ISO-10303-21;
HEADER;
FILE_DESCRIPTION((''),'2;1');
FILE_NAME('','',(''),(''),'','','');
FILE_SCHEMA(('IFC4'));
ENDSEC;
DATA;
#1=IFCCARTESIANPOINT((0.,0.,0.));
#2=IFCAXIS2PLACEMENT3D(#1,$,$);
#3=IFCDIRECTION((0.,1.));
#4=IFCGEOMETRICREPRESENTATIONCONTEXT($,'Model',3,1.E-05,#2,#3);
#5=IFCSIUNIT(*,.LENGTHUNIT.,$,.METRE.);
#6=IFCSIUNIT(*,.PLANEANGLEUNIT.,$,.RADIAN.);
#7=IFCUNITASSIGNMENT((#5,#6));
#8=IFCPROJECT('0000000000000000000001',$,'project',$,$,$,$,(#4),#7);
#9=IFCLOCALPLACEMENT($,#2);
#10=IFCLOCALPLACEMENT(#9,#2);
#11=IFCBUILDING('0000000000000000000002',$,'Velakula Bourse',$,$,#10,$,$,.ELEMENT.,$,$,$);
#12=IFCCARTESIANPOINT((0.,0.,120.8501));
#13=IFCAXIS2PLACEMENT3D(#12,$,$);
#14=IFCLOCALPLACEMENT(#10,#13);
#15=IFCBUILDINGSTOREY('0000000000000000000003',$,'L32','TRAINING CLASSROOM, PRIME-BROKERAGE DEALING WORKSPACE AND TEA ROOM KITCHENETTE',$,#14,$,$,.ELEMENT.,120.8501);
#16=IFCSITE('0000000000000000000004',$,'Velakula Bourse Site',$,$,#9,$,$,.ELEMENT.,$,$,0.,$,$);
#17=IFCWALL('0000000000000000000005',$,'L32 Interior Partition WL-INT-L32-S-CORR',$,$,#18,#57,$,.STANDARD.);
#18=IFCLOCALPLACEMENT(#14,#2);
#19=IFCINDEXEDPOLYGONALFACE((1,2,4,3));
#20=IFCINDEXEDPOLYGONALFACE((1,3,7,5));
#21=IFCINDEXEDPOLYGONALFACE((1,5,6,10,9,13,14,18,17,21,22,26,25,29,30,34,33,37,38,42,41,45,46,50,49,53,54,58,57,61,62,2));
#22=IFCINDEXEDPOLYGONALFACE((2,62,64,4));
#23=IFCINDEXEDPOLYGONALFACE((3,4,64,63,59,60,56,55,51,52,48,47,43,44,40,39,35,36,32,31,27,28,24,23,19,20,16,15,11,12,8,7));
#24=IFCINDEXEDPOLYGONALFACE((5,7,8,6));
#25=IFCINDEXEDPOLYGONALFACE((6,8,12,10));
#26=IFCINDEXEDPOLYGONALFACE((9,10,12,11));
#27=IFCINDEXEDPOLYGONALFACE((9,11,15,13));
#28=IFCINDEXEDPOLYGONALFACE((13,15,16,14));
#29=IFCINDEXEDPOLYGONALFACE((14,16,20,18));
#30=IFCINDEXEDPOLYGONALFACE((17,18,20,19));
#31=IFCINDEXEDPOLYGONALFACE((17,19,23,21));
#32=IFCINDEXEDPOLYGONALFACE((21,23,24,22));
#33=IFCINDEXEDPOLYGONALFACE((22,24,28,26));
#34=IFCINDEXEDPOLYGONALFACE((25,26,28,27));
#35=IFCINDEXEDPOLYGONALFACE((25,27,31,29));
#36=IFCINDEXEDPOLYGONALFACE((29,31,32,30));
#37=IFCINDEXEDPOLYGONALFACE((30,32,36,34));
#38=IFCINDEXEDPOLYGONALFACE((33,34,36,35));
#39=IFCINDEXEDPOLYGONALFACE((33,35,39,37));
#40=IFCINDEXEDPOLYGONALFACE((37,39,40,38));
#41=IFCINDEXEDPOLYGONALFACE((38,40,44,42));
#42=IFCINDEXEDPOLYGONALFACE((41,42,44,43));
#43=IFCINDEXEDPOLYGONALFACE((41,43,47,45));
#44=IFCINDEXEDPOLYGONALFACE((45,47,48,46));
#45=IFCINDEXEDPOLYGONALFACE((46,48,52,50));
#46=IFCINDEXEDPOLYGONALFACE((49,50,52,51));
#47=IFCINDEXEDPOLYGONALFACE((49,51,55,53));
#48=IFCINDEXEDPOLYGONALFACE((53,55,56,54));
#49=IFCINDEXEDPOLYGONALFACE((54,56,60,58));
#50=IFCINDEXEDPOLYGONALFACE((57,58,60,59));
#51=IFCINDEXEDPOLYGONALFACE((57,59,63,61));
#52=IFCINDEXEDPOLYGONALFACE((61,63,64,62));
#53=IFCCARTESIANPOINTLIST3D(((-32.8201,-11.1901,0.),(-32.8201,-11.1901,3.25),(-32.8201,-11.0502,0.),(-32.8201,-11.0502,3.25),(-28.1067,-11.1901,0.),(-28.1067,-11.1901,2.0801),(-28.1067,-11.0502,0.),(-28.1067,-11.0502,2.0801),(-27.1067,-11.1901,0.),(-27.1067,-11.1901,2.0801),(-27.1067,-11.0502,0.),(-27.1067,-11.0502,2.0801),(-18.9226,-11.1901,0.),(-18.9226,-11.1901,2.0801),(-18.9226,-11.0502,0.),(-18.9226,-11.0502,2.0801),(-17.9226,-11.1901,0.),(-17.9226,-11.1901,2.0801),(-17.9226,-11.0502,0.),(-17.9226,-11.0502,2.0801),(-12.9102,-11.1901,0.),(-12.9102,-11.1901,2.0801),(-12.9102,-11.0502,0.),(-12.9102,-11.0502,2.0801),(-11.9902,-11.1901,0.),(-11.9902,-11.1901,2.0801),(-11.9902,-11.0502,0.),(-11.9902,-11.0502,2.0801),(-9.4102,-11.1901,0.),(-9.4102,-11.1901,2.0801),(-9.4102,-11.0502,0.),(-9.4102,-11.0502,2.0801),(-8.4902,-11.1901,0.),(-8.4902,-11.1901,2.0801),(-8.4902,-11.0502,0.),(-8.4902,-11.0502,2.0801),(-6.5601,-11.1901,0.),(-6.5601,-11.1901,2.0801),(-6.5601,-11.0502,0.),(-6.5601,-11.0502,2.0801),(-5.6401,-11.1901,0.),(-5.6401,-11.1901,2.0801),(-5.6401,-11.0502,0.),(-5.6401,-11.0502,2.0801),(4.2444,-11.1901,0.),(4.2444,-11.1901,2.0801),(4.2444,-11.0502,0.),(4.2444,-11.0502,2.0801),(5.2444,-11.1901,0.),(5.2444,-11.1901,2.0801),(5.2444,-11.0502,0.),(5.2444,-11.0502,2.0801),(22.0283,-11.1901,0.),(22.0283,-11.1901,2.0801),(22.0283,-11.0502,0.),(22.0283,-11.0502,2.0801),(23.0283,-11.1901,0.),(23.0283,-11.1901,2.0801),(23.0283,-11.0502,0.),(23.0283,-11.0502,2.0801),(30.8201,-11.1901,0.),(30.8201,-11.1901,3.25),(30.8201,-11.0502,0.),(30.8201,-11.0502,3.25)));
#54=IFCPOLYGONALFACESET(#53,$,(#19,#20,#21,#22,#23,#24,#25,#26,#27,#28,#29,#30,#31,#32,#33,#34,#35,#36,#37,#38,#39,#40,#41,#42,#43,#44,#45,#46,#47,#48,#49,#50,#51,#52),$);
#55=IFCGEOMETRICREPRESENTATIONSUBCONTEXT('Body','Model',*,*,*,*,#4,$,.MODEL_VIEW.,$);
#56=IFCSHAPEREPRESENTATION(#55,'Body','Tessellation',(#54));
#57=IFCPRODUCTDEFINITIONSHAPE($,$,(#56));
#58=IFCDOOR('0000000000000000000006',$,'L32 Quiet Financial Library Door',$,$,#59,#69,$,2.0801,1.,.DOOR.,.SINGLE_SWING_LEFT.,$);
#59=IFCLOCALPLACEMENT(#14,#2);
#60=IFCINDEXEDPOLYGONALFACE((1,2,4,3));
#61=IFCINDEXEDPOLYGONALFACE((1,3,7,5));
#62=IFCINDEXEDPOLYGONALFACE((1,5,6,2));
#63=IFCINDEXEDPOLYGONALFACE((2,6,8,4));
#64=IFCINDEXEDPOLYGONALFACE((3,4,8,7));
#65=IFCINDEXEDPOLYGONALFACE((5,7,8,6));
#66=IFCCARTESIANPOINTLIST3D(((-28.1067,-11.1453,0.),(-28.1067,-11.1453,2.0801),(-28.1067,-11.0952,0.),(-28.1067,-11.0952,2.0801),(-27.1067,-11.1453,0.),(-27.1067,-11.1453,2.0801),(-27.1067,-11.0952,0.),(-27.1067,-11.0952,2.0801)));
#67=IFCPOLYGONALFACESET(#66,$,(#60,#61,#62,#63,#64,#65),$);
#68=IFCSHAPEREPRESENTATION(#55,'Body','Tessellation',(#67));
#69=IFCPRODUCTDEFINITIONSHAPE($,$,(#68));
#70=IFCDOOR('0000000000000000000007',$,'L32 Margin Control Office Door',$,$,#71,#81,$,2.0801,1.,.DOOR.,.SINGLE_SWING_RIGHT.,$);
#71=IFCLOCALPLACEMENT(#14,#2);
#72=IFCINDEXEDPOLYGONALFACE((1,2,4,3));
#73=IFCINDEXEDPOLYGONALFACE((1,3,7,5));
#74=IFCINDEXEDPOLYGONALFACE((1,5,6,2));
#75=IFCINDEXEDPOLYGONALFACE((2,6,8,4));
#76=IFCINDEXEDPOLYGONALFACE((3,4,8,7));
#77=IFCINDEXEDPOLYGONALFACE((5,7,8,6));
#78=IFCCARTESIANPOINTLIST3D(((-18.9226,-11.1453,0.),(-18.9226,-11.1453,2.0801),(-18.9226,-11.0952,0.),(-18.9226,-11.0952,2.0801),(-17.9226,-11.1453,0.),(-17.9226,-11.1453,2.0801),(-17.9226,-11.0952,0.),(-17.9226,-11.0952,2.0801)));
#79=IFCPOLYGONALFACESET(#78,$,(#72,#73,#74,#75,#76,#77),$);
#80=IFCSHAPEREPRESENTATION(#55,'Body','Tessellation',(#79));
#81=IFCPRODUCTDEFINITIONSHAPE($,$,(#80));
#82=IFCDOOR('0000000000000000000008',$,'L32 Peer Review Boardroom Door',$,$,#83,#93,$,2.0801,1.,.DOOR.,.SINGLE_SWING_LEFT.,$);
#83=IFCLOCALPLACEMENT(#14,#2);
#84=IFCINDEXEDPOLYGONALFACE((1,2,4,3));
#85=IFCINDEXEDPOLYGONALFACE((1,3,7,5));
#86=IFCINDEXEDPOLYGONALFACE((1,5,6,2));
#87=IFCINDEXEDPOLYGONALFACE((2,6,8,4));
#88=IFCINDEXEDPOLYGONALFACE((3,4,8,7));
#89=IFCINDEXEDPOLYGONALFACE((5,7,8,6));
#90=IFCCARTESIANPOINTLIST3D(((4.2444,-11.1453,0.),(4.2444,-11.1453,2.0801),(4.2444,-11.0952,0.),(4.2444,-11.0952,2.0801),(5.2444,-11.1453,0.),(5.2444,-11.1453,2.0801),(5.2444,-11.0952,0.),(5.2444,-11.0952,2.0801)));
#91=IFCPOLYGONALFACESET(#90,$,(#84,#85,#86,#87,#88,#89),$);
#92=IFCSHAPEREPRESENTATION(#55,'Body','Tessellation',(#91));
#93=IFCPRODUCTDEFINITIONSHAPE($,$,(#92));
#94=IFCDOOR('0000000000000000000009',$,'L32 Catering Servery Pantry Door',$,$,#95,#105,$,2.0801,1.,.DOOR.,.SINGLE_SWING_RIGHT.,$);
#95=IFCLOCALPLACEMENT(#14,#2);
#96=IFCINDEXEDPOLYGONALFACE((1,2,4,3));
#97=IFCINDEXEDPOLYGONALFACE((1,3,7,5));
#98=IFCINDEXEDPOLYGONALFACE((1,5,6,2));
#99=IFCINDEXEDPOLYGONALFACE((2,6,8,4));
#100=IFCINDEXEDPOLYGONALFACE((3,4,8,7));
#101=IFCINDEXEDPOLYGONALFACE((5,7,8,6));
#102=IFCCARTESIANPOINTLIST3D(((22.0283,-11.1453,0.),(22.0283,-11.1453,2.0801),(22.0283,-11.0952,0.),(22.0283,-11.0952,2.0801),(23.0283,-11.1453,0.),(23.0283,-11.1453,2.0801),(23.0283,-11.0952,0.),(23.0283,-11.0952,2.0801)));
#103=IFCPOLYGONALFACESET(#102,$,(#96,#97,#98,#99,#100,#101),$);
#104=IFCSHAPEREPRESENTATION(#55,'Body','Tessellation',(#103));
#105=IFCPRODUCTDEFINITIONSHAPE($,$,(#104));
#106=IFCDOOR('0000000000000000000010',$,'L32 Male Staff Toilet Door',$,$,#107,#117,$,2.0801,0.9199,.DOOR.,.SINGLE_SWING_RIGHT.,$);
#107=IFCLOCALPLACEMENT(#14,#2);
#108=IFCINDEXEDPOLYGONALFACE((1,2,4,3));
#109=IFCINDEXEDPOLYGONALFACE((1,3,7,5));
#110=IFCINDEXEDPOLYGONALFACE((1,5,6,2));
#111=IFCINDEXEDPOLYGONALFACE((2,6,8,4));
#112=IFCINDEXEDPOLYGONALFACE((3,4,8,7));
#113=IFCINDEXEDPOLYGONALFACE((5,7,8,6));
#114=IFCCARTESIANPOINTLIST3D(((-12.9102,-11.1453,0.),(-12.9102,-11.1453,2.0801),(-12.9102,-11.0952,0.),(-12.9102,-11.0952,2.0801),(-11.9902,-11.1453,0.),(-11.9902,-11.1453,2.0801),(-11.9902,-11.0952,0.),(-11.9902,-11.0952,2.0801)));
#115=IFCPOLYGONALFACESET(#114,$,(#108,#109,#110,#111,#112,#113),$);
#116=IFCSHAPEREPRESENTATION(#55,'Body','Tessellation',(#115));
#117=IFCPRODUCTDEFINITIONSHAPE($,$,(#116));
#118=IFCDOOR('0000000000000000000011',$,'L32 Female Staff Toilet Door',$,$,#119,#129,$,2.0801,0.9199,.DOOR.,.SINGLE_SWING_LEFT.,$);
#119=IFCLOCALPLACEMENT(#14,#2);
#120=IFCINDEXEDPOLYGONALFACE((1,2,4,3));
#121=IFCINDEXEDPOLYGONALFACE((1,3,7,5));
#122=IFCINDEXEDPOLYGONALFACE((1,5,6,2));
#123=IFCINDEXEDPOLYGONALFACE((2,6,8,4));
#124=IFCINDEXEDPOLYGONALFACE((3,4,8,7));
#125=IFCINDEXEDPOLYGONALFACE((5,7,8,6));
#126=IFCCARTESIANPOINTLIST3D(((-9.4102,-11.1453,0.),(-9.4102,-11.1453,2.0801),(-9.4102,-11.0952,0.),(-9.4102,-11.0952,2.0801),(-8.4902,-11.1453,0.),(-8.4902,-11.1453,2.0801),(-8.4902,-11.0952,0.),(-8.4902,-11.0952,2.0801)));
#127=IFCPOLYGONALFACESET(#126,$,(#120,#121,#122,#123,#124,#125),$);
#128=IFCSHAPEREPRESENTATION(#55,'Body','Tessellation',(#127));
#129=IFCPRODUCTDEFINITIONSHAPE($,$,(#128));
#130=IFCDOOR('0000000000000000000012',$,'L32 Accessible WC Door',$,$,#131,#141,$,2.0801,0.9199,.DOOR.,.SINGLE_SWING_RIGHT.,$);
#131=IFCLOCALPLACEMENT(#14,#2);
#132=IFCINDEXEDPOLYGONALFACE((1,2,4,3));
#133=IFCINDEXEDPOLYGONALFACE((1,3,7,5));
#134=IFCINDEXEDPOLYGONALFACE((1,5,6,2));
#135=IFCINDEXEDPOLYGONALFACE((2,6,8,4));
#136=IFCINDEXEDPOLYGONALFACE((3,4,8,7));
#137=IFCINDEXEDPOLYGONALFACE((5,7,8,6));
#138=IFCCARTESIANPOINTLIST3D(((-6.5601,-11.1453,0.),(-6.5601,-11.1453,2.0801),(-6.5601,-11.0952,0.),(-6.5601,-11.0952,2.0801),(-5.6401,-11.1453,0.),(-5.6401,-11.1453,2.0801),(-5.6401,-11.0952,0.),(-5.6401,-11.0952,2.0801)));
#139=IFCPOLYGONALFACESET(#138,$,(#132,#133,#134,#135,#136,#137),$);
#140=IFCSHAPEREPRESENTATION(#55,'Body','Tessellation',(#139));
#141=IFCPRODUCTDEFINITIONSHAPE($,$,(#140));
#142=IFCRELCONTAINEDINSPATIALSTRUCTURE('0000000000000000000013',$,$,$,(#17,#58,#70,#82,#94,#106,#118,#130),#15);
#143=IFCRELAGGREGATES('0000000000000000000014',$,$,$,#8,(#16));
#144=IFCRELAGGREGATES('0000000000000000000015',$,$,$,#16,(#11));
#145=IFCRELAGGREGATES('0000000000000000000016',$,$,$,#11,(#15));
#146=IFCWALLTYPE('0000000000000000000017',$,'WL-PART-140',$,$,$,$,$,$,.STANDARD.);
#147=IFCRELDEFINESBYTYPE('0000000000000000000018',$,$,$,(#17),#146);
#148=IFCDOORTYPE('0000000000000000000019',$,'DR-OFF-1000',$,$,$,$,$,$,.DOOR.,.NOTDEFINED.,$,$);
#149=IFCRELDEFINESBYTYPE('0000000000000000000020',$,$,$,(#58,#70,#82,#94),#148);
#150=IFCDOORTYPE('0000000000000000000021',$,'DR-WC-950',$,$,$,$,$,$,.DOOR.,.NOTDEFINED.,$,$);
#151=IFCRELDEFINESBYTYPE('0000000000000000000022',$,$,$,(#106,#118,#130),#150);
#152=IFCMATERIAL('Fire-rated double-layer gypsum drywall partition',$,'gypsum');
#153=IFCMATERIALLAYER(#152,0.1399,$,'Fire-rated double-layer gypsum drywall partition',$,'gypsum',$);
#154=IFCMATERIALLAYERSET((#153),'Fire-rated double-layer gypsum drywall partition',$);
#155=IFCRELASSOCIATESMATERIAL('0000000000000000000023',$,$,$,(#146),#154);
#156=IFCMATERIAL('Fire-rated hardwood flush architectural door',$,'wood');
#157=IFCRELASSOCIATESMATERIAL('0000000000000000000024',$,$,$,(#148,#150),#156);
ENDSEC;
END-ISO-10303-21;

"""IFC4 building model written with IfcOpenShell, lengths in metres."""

from ifc_helpers import new_model, si_unit, direction, frame, frame_2d, origin, place, context, subcontext, project, spatial, rectangle, extrude, material, layer, layer_set, type_object, element, fill, save


model = new_model("IFC4")

# Units and contexts
model_context = context("Model", 3, precision=1e-05, world=origin(), true_north=direction((0.0, 1.0)))
body_context = subcontext(model_context, "Body", "Model", "MODEL_VIEW")
ifc_project = project(units=[si_unit("LENGTHUNIT", "METRE"), si_unit("PLANEANGLEUNIT", "RADIAN")], contexts=[model_context])

# Site, building, storey
site_placement = place(None, origin())
site = spatial("IfcSite", under=ifc_project, at=site_placement, Name="Velakula Bourse Site", CompositionType="ELEMENT", RefElevation=0.0)
building_placement = place(site_placement, origin())
building = spatial("IfcBuilding", under=site, at=building_placement, Name="Velakula Bourse", CompositionType="ELEMENT")
storey_placement = place(building_placement, frame((0.0, 0.0, 120.8501)))
storey = spatial("IfcBuildingStorey", under=building, at=storey_placement, Name="L32", Description="TRAINING CLASSROOM, PRIME-BROKERAGE DEALING WORKSPACE AND TEA ROOM KITCHENETTE", CompositionType="ELEMENT", Elevation=120.8501)

# Wall, openings, doors
ifc_material_1 = material(Name="Fire-rated double-layer gypsum drywall partition", Category="gypsum")
ifc_layer_1 = layer(ifc_material_1, 0.1399, Name="Fire-rated double-layer gypsum drywall partition", Category="gypsum")
ifc_layer_set_1 = layer_set([ifc_layer_1], Name="Fire-rated double-layer gypsum drywall partition")
wall_type_1 = type_object("IfcWallType", Name="WL-PART-140", PredefinedType="STANDARD", material=ifc_layer_set_1)
wall_1_placement = place(storey_placement, frame((-32.8201, -11.1201, 0.0), z_axis=(0.0, 0.0, 1.0), x_axis=(1.0, 0.0, 0.0)))
wall_1 = element("IfcWall", 1, at=wall_1_placement, inside=storey, type_object=wall_type_1, Name="L32 Interior Partition WL-INT-L32-S-CORR", PredefinedType="STANDARD", context=body_context, shape_type="SweptSolid", body=[
    extrude(rectangle(XDim=63.6401, YDim=0.1399, at=frame_2d((31.8201, 0.0))), origin(), (0.0, 0.0, 1.0), 3.25),
])
opening_1_placement = place(wall_1_placement, frame((19.9099, 0.0, 0.0)))
opening_1 = element("IfcOpeningElement", 2, at=opening_1_placement, cuts=wall_1, PredefinedType="OPENING", context=body_context, shape_type="SweptSolid", body=[
    extrude(rectangle(XDim=0.9199, YDim=2.0801, at=frame_2d((0.46, 1.04))), frame((0.0, 0.0798, 0.0), z_axis=(0.0, -1.0, 0.0), x_axis=(1.0, 0.0, 0.0)), (0.0, 0.0, 1.0), 0.1599),
])
opening_2_placement = place(wall_1_placement, frame((23.4099, 0.0, 0.0)))
opening_2 = element("IfcOpeningElement", 3, at=opening_2_placement, cuts=wall_1, PredefinedType="OPENING", context=body_context, shape_type="SweptSolid", body=[
    extrude(rectangle(XDim=0.9199, YDim=2.0801, at=frame_2d((0.46, 1.04))), frame((0.0, 0.0798, 0.0), z_axis=(0.0, -1.0, 0.0), x_axis=(1.0, 0.0, 0.0)), (0.0, 0.0, 1.0), 0.1599),
])
opening_3_placement = place(wall_1_placement, frame((26.26, 0.0, 0.0)))
opening_3 = element("IfcOpeningElement", 4, at=opening_3_placement, cuts=wall_1, PredefinedType="OPENING", context=body_context, shape_type="SweptSolid", body=[
    extrude(rectangle(XDim=0.9199, YDim=2.0801, at=frame_2d((0.46, 1.04))), frame((0.0, 0.0798, 0.0), z_axis=(0.0, -1.0, 0.0), x_axis=(1.0, 0.0, 0.0)), (0.0, 0.0, 1.0), 0.1599),
])
opening_4_placement = place(wall_1_placement, frame((4.7134, 0.0, 0.0)))
opening_4 = element("IfcOpeningElement", 5, at=opening_4_placement, cuts=wall_1, PredefinedType="OPENING", context=body_context, shape_type="SweptSolid", body=[
    extrude(rectangle(XDim=1.0, YDim=2.0801, at=frame_2d((0.5, 1.04))), frame((0.0, 0.0798, 0.0), z_axis=(0.0, -1.0, 0.0), x_axis=(1.0, 0.0, 0.0)), (0.0, 0.0, 1.0), 0.1599),
])
opening_5_placement = place(wall_1_placement, frame((13.8975, 0.0, 0.0)))
opening_5 = element("IfcOpeningElement", 6, at=opening_5_placement, cuts=wall_1, PredefinedType="OPENING", context=body_context, shape_type="SweptSolid", body=[
    extrude(rectangle(XDim=1.0, YDim=2.0801, at=frame_2d((0.5, 1.04))), frame((0.0, 0.0798, 0.0), z_axis=(0.0, -1.0, 0.0), x_axis=(1.0, 0.0, 0.0)), (0.0, 0.0, 1.0), 0.1599),
])
opening_6_placement = place(wall_1_placement, frame((37.0645, 0.0, 0.0)))
opening_6 = element("IfcOpeningElement", 7, at=opening_6_placement, cuts=wall_1, PredefinedType="OPENING", context=body_context, shape_type="SweptSolid", body=[
    extrude(rectangle(XDim=1.0, YDim=2.0801, at=frame_2d((0.5, 1.04))), frame((0.0, 0.0798, 0.0), z_axis=(0.0, -1.0, 0.0), x_axis=(1.0, 0.0, 0.0)), (0.0, 0.0, 1.0), 0.1599),
])
opening_7_placement = place(wall_1_placement, frame((54.8484, 0.0, 0.0)))
opening_7 = element("IfcOpeningElement", 8, at=opening_7_placement, cuts=wall_1, PredefinedType="OPENING", context=body_context, shape_type="SweptSolid", body=[
    extrude(rectangle(XDim=1.0, YDim=2.0801, at=frame_2d((0.5, 1.04))), frame((0.0, 0.0798, 0.0), z_axis=(0.0, -1.0, 0.0), x_axis=(1.0, 0.0, 0.0)), (0.0, 0.0, 1.0), 0.1599),
])
ifc_material_2 = material(Name="Fire-rated hardwood flush architectural door", Category="wood")
door_type_1 = type_object("IfcDoorType", Name="DR-OFF-1000", OperationType="NOTDEFINED", PredefinedType="DOOR", material=ifc_material_2)
door_1_placement = place(opening_4_placement, origin())
door_1 = element("IfcDoor", 9, at=door_1_placement, inside=storey, type_object=door_type_1, Name="L32 Quiet Financial Library Door", OperationType="SINGLE_SWING_LEFT", OverallHeight=2.0801, OverallWidth=1.0, PredefinedType="DOOR", context=body_context, shape_type="SweptSolid", body=[
    extrude(rectangle(XDim=1.0, YDim=2.0801, at=frame_2d((0.5, 1.04))), frame((0.0, 0.0249, 0.0), z_axis=(0.0, -1.0, 0.0), x_axis=(1.0, 0.0, 0.0)), (0.0, 0.0, 1.0), 0.05),
])
fill(opening_4, door_1)
door_2_placement = place(opening_5_placement, origin())
door_2 = element("IfcDoor", 10, at=door_2_placement, inside=storey, type_object=door_type_1, Name="L32 Margin Control Office Door", OperationType="SINGLE_SWING_RIGHT", OverallHeight=2.0801, OverallWidth=1.0, PredefinedType="DOOR", context=body_context, shape_type="SweptSolid", body=[
    extrude(rectangle(XDim=1.0, YDim=2.0801, at=frame_2d((0.5, 1.04))), frame((0.0, 0.0249, 0.0), z_axis=(0.0, -1.0, 0.0), x_axis=(1.0, 0.0, 0.0)), (0.0, 0.0, 1.0), 0.05),
])
fill(opening_5, door_2)
door_3_placement = place(opening_6_placement, origin())
door_3 = element("IfcDoor", 11, at=door_3_placement, inside=storey, type_object=door_type_1, Name="L32 Peer Review Boardroom Door", OperationType="SINGLE_SWING_LEFT", OverallHeight=2.0801, OverallWidth=1.0, PredefinedType="DOOR", context=body_context, shape_type="SweptSolid", body=[
    extrude(rectangle(XDim=1.0, YDim=2.0801, at=frame_2d((0.5, 1.04))), frame((0.0, 0.0249, 0.0), z_axis=(0.0, -1.0, 0.0), x_axis=(1.0, 0.0, 0.0)), (0.0, 0.0, 1.0), 0.05),
])
fill(opening_6, door_3)
door_4_placement = place(opening_7_placement, origin())
door_4 = element("IfcDoor", 12, at=door_4_placement, inside=storey, type_object=door_type_1, Name="L32 Catering Servery Pantry Door", OperationType="SINGLE_SWING_RIGHT", OverallHeight=2.0801, OverallWidth=1.0, PredefinedType="DOOR", context=body_context, shape_type="SweptSolid", body=[
    extrude(rectangle(XDim=1.0, YDim=2.0801, at=frame_2d((0.5, 1.04))), frame((0.0, 0.0249, 0.0), z_axis=(0.0, -1.0, 0.0), x_axis=(1.0, 0.0, 0.0)), (0.0, 0.0, 1.0), 0.05),
])
fill(opening_7, door_4)
door_type_2 = type_object("IfcDoorType", Name="DR-WC-950", OperationType="NOTDEFINED", PredefinedType="DOOR", material=ifc_material_2)
door_5_placement = place(opening_1_placement, origin())
door_5 = element("IfcDoor", 13, at=door_5_placement, inside=storey, type_object=door_type_2, Name="L32 Male Staff Toilet Door", OperationType="SINGLE_SWING_RIGHT", OverallHeight=2.0801, OverallWidth=0.9199, PredefinedType="DOOR", context=body_context, shape_type="SweptSolid", body=[
    extrude(rectangle(XDim=0.9199, YDim=2.0801, at=frame_2d((0.46, 1.04))), frame((0.0, 0.0249, 0.0), z_axis=(0.0, -1.0, 0.0), x_axis=(1.0, 0.0, 0.0)), (0.0, 0.0, 1.0), 0.05),
])
fill(opening_1, door_5)
door_6_placement = place(opening_2_placement, origin())
door_6 = element("IfcDoor", 14, at=door_6_placement, inside=storey, type_object=door_type_2, Name="L32 Female Staff Toilet Door", OperationType="SINGLE_SWING_LEFT", OverallHeight=2.0801, OverallWidth=0.9199, PredefinedType="DOOR", context=body_context, shape_type="SweptSolid", body=[
    extrude(rectangle(XDim=0.9199, YDim=2.0801, at=frame_2d((0.46, 1.04))), frame((0.0, 0.0249, 0.0), z_axis=(0.0, -1.0, 0.0), x_axis=(1.0, 0.0, 0.0)), (0.0, 0.0, 1.0), 0.05),
])
fill(opening_2, door_6)
door_7_placement = place(opening_3_placement, origin())
door_7 = element("IfcDoor", 15, at=door_7_placement, inside=storey, type_object=door_type_2, Name="L32 Accessible WC Door", OperationType="SINGLE_SWING_RIGHT", OverallHeight=2.0801, OverallWidth=0.9199, PredefinedType="DOOR", context=body_context, shape_type="SweptSolid", body=[
    extrude(rectangle(XDim=0.9199, YDim=2.0801, at=frame_2d((0.46, 1.04))), frame((0.0, 0.0249, 0.0), z_axis=(0.0, -1.0, 0.0), x_axis=(1.0, 0.0, 0.0)), (0.0, 0.0, 1.0), 0.05),
])
fill(opening_3, door_7)

save(model, "model.ifc")
